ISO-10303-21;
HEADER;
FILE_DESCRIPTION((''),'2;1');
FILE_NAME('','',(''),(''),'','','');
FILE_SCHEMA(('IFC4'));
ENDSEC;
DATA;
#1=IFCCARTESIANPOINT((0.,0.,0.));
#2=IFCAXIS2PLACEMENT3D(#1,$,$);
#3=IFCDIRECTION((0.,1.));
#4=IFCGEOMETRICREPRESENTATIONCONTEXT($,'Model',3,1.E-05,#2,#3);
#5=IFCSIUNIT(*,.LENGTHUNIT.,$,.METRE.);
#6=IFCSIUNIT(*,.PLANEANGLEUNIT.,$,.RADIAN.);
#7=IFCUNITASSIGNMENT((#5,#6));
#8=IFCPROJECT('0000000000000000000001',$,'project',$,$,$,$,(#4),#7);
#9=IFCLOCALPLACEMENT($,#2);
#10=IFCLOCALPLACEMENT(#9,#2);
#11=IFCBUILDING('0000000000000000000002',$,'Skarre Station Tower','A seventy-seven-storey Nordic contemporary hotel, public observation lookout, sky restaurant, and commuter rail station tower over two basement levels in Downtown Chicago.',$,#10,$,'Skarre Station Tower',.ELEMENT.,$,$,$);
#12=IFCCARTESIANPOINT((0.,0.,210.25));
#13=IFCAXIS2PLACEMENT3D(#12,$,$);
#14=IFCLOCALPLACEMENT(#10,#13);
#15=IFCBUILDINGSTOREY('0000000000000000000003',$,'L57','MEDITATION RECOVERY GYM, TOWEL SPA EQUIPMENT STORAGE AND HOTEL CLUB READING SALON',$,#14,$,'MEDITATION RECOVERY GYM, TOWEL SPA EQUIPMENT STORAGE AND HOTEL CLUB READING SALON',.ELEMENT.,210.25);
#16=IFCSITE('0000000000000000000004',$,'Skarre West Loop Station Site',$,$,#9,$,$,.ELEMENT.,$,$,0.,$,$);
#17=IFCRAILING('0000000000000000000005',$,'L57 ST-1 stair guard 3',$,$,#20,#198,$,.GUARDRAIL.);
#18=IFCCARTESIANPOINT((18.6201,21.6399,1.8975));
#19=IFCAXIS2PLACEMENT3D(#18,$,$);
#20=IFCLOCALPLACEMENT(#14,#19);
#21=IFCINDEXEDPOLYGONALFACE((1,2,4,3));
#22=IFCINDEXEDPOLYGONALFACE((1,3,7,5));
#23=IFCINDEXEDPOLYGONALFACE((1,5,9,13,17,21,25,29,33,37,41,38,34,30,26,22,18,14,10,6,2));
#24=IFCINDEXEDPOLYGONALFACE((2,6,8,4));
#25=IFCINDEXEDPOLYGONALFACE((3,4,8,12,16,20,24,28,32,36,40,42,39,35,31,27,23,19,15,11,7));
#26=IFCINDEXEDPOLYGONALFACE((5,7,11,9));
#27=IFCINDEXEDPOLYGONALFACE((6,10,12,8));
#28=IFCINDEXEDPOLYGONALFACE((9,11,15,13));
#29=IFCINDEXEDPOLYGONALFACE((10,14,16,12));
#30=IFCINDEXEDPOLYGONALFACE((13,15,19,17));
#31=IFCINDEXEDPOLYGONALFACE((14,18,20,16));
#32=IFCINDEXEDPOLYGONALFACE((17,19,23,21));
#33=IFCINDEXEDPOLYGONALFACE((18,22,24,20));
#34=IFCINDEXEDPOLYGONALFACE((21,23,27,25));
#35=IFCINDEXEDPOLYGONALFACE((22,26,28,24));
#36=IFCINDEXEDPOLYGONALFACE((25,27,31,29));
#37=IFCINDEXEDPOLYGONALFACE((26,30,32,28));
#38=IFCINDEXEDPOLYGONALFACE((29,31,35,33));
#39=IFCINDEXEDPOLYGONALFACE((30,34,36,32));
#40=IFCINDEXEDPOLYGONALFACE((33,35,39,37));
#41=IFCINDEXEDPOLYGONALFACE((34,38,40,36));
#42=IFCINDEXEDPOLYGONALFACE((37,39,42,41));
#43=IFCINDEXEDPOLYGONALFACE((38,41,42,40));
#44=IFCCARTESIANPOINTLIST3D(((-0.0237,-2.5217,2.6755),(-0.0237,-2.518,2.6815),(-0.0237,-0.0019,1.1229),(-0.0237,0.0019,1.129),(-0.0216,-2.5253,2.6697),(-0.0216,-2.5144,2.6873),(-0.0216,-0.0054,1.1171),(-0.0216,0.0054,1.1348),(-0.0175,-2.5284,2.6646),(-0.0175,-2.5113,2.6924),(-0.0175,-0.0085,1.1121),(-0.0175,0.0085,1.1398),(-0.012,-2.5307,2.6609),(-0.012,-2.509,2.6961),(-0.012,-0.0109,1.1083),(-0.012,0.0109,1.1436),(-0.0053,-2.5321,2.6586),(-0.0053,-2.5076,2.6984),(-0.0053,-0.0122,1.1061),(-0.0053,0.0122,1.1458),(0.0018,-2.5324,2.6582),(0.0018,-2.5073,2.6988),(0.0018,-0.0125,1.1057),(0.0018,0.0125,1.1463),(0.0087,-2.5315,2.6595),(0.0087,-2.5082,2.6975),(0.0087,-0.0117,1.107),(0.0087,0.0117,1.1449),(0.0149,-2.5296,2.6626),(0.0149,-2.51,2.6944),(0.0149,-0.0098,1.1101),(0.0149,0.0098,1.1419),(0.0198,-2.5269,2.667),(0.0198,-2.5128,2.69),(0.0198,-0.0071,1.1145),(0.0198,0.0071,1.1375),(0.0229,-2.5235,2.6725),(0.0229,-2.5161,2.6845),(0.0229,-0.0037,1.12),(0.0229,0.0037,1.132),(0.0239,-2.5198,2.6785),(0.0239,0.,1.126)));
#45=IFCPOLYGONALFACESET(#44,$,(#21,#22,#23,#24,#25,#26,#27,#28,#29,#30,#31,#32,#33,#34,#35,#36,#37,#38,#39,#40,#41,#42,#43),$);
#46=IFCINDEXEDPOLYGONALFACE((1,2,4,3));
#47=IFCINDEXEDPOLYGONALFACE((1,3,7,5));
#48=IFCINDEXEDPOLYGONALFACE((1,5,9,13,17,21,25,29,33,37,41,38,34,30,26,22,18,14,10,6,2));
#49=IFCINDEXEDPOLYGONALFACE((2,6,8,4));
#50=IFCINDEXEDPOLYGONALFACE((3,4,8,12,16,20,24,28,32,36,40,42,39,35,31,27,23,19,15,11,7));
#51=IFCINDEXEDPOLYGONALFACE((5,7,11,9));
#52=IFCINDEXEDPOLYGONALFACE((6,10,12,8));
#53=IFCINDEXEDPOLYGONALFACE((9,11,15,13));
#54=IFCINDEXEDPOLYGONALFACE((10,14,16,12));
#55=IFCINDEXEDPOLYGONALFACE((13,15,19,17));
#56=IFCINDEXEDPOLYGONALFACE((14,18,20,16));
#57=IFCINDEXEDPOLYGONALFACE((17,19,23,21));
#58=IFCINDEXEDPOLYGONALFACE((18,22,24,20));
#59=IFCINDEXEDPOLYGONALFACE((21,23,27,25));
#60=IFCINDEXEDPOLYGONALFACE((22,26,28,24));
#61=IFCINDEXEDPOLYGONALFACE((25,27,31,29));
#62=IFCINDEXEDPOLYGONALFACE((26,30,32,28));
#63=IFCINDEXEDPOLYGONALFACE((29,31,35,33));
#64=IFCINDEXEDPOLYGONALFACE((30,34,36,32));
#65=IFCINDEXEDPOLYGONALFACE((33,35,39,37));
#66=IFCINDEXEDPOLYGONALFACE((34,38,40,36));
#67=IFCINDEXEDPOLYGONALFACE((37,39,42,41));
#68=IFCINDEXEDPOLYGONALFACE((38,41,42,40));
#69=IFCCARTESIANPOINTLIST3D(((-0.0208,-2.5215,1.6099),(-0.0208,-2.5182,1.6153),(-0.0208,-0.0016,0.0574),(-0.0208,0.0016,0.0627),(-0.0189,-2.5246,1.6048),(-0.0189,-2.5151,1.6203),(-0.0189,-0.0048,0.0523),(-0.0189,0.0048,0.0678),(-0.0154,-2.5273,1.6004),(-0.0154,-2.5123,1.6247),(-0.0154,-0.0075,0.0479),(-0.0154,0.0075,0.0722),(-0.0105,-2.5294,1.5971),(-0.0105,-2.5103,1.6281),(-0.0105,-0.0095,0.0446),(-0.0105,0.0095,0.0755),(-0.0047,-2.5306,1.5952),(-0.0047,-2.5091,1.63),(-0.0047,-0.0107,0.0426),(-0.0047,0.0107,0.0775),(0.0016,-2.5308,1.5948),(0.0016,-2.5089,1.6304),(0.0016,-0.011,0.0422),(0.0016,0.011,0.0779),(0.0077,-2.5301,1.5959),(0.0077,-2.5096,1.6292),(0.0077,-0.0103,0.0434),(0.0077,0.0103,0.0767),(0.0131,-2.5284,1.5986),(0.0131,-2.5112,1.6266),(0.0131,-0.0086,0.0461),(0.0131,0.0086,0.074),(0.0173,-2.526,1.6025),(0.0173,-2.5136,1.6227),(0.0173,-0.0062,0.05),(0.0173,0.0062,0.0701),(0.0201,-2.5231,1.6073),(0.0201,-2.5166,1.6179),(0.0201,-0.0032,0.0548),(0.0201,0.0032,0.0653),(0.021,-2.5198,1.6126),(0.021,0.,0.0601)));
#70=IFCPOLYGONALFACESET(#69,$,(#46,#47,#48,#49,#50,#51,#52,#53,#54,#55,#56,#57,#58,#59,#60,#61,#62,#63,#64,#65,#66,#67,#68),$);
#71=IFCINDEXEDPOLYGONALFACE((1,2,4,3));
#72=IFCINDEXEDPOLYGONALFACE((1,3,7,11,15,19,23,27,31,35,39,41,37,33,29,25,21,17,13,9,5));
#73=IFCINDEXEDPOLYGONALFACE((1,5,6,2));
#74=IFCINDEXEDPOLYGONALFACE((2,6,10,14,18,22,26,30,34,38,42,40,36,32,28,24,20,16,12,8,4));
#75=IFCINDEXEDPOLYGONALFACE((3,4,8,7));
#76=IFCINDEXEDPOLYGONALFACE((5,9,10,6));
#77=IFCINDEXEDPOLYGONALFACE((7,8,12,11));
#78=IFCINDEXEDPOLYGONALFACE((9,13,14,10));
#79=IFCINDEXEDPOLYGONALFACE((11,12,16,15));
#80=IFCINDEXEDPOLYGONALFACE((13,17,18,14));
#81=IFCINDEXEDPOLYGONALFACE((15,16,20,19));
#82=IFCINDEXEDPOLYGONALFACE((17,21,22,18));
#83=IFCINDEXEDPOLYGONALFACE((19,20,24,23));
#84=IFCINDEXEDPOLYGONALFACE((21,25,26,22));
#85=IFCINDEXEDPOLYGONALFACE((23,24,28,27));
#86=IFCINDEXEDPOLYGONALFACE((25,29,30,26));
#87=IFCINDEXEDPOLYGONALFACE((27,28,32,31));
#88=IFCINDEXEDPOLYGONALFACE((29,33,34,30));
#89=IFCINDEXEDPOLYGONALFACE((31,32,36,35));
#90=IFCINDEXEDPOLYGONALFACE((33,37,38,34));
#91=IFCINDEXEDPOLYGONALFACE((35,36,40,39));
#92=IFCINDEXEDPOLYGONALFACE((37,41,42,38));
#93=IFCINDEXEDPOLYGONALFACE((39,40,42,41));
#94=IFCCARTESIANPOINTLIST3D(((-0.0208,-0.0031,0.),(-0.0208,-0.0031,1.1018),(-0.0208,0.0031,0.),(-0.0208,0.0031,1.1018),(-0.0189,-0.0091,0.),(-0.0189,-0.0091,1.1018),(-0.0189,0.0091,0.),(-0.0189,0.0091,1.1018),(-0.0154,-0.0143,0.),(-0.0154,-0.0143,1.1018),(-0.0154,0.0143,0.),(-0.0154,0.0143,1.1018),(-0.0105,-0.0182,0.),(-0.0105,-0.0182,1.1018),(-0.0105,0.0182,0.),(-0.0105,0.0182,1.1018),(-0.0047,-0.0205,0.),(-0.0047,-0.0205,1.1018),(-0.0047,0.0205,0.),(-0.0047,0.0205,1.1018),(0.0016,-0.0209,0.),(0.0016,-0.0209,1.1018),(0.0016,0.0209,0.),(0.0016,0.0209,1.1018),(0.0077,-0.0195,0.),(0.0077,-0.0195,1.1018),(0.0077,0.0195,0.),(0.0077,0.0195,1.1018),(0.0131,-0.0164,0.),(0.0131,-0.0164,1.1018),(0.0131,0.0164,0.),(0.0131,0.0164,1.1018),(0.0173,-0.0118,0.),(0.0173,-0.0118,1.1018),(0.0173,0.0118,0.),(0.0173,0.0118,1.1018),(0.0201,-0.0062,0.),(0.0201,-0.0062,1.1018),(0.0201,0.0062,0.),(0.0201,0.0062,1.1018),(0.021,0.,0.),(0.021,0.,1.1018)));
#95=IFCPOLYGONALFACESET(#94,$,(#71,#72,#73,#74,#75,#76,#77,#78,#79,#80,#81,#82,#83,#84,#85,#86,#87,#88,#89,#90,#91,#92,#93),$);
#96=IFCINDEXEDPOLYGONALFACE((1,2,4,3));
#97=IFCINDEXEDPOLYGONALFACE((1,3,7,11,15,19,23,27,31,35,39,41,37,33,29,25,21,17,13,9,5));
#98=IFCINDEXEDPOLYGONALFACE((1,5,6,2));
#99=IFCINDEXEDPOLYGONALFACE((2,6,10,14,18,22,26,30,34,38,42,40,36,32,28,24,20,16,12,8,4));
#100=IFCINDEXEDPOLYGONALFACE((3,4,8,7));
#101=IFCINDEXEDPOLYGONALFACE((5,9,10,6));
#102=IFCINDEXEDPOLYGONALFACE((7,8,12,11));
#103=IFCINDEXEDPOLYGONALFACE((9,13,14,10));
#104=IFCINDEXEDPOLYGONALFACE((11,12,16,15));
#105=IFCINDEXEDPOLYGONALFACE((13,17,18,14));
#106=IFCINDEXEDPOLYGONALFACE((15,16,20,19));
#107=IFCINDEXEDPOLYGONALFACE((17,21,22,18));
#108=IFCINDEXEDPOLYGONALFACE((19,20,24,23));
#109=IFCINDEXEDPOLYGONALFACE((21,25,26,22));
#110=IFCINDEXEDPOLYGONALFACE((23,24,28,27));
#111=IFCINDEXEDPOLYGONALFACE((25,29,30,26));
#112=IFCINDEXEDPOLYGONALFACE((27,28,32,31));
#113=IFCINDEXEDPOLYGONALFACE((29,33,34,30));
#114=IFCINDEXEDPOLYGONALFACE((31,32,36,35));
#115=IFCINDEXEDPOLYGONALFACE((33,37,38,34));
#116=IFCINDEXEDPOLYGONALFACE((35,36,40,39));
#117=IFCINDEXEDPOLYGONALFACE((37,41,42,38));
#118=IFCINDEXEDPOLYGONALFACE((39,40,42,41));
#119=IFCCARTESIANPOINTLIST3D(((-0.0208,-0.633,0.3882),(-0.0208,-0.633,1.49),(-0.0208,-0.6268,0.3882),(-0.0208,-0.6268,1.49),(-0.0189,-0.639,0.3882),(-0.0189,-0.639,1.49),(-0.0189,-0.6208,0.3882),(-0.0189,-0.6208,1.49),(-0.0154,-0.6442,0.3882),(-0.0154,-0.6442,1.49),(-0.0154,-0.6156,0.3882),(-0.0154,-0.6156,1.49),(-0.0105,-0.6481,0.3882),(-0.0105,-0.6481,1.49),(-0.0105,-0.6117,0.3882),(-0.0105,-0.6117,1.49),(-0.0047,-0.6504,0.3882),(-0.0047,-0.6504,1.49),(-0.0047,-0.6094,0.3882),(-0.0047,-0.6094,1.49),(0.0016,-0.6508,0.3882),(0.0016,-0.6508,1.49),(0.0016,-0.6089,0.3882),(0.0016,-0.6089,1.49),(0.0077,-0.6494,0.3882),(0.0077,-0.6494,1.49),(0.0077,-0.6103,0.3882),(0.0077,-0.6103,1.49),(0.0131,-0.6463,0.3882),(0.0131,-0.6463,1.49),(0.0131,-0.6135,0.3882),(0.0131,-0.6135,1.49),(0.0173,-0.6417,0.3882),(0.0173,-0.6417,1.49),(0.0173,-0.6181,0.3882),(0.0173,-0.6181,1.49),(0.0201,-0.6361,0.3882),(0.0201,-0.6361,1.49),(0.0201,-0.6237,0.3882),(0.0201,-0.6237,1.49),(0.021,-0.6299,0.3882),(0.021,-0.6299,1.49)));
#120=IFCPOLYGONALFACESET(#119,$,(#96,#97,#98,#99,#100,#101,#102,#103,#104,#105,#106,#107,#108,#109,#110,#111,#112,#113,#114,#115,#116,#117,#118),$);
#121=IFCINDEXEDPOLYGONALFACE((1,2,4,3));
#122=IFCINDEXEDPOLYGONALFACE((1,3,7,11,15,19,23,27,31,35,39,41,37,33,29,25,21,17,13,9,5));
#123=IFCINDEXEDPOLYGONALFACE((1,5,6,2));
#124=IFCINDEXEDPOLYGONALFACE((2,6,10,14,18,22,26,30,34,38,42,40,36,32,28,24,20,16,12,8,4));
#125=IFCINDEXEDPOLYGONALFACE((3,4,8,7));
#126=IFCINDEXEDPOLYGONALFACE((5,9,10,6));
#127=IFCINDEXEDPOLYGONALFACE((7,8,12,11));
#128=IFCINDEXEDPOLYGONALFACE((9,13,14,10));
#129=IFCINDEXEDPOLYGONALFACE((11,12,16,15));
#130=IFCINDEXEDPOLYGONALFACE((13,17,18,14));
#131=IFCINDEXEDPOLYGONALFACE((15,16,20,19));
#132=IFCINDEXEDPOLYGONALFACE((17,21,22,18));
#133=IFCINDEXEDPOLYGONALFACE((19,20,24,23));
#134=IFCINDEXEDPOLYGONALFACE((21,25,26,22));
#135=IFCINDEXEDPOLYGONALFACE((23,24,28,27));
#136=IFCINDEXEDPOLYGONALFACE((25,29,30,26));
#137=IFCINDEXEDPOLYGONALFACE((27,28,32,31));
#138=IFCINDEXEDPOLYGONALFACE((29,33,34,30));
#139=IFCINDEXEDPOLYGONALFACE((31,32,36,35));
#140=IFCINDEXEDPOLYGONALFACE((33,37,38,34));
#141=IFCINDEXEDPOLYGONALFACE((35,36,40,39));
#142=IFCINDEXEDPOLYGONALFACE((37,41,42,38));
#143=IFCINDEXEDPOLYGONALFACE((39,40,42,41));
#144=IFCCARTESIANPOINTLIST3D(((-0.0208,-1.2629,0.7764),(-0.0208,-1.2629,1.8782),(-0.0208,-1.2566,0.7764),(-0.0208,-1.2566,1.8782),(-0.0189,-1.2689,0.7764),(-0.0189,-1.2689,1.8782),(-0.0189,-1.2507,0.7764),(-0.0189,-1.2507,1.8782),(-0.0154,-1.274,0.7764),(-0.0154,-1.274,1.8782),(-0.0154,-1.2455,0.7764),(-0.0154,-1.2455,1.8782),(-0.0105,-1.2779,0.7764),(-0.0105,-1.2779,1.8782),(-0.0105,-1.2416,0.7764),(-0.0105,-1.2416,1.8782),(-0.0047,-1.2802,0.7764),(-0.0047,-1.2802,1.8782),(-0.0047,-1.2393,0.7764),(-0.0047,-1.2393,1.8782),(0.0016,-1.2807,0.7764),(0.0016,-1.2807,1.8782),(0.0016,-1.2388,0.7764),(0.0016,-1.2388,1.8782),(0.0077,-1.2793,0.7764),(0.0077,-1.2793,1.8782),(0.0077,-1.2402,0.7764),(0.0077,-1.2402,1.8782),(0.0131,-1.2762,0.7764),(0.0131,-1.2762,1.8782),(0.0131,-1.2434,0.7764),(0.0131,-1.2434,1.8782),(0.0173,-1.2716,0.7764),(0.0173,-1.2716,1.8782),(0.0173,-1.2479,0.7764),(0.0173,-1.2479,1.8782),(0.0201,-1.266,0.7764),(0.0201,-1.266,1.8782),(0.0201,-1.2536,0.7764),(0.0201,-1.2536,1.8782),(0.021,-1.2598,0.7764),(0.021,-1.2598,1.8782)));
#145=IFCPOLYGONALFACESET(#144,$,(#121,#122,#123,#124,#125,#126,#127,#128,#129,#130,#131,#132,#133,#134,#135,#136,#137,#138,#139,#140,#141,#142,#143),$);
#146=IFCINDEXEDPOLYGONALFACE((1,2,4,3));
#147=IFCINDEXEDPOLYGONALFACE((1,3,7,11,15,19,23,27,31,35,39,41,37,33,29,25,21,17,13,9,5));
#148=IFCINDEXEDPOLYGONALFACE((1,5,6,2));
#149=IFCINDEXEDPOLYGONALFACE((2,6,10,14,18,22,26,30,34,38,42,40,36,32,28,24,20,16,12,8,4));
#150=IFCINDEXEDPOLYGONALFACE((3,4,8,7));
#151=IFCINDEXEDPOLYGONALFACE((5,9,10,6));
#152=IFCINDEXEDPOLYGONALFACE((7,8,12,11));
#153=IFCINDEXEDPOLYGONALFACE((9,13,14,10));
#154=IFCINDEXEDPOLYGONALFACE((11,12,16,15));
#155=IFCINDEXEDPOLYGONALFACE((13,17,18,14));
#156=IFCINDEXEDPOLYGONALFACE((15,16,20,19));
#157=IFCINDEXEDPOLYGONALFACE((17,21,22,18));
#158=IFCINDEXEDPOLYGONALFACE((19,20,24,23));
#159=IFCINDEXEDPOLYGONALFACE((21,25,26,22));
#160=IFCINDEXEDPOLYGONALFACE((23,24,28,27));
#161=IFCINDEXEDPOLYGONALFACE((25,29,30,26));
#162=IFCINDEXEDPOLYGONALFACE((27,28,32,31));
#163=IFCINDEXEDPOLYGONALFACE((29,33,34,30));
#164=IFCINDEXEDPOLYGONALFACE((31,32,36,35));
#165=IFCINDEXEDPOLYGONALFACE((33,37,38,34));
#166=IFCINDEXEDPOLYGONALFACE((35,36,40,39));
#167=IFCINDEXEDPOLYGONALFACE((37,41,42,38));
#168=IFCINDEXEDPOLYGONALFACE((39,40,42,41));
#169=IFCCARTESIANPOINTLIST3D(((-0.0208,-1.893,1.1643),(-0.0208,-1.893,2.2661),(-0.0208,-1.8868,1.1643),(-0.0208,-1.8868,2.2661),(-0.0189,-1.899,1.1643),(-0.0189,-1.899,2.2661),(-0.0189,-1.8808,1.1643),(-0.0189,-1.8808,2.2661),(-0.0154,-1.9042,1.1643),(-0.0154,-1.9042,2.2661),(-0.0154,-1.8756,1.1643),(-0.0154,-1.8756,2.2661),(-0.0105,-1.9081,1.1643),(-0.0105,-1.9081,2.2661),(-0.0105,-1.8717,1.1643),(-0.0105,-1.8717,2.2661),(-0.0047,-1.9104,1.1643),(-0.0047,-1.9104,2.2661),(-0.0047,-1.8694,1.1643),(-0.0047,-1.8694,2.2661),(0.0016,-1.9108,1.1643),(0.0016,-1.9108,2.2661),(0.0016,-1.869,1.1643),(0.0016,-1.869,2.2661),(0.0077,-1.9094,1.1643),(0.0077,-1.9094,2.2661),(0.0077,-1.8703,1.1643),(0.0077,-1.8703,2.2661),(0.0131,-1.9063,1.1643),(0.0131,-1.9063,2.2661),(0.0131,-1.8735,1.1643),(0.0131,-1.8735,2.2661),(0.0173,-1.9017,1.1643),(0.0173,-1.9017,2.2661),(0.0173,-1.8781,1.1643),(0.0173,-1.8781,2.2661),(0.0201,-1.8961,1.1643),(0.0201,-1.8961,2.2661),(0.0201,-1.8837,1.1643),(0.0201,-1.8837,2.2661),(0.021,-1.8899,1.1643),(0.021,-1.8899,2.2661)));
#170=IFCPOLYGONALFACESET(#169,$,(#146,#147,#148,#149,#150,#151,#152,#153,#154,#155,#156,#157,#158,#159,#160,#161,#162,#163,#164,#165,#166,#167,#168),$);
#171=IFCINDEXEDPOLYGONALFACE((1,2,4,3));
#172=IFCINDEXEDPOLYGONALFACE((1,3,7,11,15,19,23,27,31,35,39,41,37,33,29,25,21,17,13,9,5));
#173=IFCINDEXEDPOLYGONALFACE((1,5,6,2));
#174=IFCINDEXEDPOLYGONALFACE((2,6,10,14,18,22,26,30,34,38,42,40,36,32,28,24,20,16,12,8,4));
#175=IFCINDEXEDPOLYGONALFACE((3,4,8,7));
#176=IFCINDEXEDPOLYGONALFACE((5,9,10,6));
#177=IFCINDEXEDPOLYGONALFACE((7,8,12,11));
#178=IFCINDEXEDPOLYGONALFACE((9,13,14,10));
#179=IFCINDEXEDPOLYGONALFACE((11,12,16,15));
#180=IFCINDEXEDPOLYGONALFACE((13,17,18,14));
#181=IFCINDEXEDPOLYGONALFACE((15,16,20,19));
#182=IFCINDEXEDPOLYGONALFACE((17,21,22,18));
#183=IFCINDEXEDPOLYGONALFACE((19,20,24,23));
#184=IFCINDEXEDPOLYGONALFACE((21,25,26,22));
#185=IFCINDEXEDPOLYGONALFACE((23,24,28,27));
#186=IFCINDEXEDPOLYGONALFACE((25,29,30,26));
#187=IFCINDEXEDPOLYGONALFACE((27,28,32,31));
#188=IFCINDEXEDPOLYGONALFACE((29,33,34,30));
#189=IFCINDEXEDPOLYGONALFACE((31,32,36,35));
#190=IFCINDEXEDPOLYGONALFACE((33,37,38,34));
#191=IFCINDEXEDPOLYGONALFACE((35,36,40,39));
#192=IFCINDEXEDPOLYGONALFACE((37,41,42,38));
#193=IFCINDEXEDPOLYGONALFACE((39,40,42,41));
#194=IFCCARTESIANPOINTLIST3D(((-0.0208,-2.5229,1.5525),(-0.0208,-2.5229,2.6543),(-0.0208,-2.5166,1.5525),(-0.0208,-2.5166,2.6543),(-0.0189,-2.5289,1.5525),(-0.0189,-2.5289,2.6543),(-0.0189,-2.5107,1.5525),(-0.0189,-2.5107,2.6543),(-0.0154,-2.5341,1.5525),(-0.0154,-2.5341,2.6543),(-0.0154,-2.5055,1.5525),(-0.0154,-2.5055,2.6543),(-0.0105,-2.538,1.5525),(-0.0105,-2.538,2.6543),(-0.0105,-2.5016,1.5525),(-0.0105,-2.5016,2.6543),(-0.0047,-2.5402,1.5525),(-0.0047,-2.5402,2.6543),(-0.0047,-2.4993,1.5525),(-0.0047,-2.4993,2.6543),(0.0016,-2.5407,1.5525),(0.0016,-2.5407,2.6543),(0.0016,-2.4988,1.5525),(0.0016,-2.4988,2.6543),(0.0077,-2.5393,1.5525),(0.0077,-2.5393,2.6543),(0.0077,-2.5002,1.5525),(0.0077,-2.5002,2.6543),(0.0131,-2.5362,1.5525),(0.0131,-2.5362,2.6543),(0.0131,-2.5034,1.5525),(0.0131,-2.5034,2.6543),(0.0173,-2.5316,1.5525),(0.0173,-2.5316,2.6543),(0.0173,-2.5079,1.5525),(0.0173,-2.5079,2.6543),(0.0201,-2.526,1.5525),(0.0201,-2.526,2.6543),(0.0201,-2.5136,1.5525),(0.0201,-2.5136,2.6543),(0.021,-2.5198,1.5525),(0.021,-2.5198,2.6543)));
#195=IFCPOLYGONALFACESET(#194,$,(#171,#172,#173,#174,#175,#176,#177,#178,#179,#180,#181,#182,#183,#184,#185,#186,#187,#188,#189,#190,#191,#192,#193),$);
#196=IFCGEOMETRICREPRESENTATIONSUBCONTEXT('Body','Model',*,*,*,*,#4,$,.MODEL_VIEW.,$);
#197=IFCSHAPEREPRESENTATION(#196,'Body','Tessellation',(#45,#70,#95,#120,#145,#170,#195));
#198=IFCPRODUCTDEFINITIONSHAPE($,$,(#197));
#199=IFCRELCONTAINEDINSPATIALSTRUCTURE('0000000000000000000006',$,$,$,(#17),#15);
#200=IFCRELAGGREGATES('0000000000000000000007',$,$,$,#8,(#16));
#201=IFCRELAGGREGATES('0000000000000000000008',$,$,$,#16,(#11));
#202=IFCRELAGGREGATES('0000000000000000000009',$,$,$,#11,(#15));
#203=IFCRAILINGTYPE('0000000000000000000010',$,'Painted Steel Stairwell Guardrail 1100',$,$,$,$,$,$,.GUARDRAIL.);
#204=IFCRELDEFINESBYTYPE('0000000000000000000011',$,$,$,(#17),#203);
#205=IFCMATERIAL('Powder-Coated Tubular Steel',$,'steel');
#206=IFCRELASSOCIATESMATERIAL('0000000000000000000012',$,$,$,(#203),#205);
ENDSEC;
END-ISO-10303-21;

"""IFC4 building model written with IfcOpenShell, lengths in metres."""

from ifc_helpers import new_model, si_unit, direction, frame, origin, origin_2d, place, context, subcontext, project, spatial, circle, extrude, material, type_object, element, save


model = new_model("IFC4")

# Units and contexts
model_context = context("Model", 3, precision=1e-05, world=origin(), true_north=direction((0.0, 1.0)))
body_context = subcontext(model_context, "Body", "Model", "MODEL_VIEW")
ifc_project = project(units=[si_unit("LENGTHUNIT", "METRE"), si_unit("PLANEANGLEUNIT", "RADIAN")], contexts=[model_context])

# Site, building, storey
site_placement = place(None, origin())
site = spatial("IfcSite", under=ifc_project, at=site_placement, Name="Skarre West Loop Station Site", CompositionType="ELEMENT", RefElevation=0.0)
building_placement = place(site_placement, origin())
building = spatial("IfcBuilding", under=site, at=building_placement, Name="Skarre Station Tower", Description="A seventy-seven-storey Nordic contemporary hotel, public observation lookout, sky restaurant, and commuter rail station tower over two basement levels in Downtown Chicago.", LongName="Skarre Station Tower", CompositionType="ELEMENT")
storey_placement = place(building_placement, frame((0.0, 0.0, 210.25)))
storey = spatial("IfcBuildingStorey", under=building, at=storey_placement, Name="L57", Description="MEDITATION RECOVERY GYM, TOWEL SPA EQUIPMENT STORAGE AND HOTEL CLUB READING SALON", LongName="MEDITATION RECOVERY GYM, TOWEL SPA EQUIPMENT STORAGE AND HOTEL CLUB READING SALON", CompositionType="ELEMENT", Elevation=210.25)

# Railing
ifc_material_1 = material(Name="Powder-Coated Tubular Steel", Category="steel")
railing_type = type_object("IfcRailingType", Name="Painted Steel Stairwell Guardrail 1100", PredefinedType="GUARDRAIL", material=ifc_material_1)
railing_1_placement = place(storey_placement, frame((18.6201, 21.6399, 1.8975)))
element("IfcRailing", 1, at=railing_1_placement, inside=storey, type_object=railing_type, Name="L57 ST-1 stair guard 3", PredefinedType="GUARDRAIL", context=body_context, shape_type="SweptSolid", body=[
    extrude(circle(Radius=0.0239, at=origin_2d()), frame((0.0, 0.0, 1.126), z_axis=(0.0, -0.851378, 0.524553), x_axis=(1.0, 0.0, 0.0)), (0.0, 0.0, 1.0), 2.9597),
    extrude(circle(Radius=0.021, at=origin_2d()), frame((0.0, 0.0, 0.0601), z_axis=(0.0, -0.851378, 0.524553), x_axis=(1.0, 0.0, 0.0)), (0.0, 0.0, 1.0), 2.9597),
    extrude(circle(Radius=0.021, at=origin_2d()), origin(), (0.0, 0.0, 1.0), 1.1018),
    extrude(circle(Radius=0.021, at=origin_2d()), frame((0.0, -0.6299, 0.3882)), (0.0, 0.0, 1.0), 1.1018),
    extrude(circle(Radius=0.021, at=origin_2d()), frame((0.0, -1.2598, 0.7764)), (0.0, 0.0, 1.0), 1.1018),
    extrude(circle(Radius=0.021, at=origin_2d()), frame((0.0, -1.8899, 1.1643)), (0.0, 0.0, 1.0), 1.1018),
    extrude(circle(Radius=0.021, at=origin_2d()), frame((0.0, -2.5198, 1.5525)), (0.0, 0.0, 1.0), 1.1018),
])

save(model, "model.ifc")
